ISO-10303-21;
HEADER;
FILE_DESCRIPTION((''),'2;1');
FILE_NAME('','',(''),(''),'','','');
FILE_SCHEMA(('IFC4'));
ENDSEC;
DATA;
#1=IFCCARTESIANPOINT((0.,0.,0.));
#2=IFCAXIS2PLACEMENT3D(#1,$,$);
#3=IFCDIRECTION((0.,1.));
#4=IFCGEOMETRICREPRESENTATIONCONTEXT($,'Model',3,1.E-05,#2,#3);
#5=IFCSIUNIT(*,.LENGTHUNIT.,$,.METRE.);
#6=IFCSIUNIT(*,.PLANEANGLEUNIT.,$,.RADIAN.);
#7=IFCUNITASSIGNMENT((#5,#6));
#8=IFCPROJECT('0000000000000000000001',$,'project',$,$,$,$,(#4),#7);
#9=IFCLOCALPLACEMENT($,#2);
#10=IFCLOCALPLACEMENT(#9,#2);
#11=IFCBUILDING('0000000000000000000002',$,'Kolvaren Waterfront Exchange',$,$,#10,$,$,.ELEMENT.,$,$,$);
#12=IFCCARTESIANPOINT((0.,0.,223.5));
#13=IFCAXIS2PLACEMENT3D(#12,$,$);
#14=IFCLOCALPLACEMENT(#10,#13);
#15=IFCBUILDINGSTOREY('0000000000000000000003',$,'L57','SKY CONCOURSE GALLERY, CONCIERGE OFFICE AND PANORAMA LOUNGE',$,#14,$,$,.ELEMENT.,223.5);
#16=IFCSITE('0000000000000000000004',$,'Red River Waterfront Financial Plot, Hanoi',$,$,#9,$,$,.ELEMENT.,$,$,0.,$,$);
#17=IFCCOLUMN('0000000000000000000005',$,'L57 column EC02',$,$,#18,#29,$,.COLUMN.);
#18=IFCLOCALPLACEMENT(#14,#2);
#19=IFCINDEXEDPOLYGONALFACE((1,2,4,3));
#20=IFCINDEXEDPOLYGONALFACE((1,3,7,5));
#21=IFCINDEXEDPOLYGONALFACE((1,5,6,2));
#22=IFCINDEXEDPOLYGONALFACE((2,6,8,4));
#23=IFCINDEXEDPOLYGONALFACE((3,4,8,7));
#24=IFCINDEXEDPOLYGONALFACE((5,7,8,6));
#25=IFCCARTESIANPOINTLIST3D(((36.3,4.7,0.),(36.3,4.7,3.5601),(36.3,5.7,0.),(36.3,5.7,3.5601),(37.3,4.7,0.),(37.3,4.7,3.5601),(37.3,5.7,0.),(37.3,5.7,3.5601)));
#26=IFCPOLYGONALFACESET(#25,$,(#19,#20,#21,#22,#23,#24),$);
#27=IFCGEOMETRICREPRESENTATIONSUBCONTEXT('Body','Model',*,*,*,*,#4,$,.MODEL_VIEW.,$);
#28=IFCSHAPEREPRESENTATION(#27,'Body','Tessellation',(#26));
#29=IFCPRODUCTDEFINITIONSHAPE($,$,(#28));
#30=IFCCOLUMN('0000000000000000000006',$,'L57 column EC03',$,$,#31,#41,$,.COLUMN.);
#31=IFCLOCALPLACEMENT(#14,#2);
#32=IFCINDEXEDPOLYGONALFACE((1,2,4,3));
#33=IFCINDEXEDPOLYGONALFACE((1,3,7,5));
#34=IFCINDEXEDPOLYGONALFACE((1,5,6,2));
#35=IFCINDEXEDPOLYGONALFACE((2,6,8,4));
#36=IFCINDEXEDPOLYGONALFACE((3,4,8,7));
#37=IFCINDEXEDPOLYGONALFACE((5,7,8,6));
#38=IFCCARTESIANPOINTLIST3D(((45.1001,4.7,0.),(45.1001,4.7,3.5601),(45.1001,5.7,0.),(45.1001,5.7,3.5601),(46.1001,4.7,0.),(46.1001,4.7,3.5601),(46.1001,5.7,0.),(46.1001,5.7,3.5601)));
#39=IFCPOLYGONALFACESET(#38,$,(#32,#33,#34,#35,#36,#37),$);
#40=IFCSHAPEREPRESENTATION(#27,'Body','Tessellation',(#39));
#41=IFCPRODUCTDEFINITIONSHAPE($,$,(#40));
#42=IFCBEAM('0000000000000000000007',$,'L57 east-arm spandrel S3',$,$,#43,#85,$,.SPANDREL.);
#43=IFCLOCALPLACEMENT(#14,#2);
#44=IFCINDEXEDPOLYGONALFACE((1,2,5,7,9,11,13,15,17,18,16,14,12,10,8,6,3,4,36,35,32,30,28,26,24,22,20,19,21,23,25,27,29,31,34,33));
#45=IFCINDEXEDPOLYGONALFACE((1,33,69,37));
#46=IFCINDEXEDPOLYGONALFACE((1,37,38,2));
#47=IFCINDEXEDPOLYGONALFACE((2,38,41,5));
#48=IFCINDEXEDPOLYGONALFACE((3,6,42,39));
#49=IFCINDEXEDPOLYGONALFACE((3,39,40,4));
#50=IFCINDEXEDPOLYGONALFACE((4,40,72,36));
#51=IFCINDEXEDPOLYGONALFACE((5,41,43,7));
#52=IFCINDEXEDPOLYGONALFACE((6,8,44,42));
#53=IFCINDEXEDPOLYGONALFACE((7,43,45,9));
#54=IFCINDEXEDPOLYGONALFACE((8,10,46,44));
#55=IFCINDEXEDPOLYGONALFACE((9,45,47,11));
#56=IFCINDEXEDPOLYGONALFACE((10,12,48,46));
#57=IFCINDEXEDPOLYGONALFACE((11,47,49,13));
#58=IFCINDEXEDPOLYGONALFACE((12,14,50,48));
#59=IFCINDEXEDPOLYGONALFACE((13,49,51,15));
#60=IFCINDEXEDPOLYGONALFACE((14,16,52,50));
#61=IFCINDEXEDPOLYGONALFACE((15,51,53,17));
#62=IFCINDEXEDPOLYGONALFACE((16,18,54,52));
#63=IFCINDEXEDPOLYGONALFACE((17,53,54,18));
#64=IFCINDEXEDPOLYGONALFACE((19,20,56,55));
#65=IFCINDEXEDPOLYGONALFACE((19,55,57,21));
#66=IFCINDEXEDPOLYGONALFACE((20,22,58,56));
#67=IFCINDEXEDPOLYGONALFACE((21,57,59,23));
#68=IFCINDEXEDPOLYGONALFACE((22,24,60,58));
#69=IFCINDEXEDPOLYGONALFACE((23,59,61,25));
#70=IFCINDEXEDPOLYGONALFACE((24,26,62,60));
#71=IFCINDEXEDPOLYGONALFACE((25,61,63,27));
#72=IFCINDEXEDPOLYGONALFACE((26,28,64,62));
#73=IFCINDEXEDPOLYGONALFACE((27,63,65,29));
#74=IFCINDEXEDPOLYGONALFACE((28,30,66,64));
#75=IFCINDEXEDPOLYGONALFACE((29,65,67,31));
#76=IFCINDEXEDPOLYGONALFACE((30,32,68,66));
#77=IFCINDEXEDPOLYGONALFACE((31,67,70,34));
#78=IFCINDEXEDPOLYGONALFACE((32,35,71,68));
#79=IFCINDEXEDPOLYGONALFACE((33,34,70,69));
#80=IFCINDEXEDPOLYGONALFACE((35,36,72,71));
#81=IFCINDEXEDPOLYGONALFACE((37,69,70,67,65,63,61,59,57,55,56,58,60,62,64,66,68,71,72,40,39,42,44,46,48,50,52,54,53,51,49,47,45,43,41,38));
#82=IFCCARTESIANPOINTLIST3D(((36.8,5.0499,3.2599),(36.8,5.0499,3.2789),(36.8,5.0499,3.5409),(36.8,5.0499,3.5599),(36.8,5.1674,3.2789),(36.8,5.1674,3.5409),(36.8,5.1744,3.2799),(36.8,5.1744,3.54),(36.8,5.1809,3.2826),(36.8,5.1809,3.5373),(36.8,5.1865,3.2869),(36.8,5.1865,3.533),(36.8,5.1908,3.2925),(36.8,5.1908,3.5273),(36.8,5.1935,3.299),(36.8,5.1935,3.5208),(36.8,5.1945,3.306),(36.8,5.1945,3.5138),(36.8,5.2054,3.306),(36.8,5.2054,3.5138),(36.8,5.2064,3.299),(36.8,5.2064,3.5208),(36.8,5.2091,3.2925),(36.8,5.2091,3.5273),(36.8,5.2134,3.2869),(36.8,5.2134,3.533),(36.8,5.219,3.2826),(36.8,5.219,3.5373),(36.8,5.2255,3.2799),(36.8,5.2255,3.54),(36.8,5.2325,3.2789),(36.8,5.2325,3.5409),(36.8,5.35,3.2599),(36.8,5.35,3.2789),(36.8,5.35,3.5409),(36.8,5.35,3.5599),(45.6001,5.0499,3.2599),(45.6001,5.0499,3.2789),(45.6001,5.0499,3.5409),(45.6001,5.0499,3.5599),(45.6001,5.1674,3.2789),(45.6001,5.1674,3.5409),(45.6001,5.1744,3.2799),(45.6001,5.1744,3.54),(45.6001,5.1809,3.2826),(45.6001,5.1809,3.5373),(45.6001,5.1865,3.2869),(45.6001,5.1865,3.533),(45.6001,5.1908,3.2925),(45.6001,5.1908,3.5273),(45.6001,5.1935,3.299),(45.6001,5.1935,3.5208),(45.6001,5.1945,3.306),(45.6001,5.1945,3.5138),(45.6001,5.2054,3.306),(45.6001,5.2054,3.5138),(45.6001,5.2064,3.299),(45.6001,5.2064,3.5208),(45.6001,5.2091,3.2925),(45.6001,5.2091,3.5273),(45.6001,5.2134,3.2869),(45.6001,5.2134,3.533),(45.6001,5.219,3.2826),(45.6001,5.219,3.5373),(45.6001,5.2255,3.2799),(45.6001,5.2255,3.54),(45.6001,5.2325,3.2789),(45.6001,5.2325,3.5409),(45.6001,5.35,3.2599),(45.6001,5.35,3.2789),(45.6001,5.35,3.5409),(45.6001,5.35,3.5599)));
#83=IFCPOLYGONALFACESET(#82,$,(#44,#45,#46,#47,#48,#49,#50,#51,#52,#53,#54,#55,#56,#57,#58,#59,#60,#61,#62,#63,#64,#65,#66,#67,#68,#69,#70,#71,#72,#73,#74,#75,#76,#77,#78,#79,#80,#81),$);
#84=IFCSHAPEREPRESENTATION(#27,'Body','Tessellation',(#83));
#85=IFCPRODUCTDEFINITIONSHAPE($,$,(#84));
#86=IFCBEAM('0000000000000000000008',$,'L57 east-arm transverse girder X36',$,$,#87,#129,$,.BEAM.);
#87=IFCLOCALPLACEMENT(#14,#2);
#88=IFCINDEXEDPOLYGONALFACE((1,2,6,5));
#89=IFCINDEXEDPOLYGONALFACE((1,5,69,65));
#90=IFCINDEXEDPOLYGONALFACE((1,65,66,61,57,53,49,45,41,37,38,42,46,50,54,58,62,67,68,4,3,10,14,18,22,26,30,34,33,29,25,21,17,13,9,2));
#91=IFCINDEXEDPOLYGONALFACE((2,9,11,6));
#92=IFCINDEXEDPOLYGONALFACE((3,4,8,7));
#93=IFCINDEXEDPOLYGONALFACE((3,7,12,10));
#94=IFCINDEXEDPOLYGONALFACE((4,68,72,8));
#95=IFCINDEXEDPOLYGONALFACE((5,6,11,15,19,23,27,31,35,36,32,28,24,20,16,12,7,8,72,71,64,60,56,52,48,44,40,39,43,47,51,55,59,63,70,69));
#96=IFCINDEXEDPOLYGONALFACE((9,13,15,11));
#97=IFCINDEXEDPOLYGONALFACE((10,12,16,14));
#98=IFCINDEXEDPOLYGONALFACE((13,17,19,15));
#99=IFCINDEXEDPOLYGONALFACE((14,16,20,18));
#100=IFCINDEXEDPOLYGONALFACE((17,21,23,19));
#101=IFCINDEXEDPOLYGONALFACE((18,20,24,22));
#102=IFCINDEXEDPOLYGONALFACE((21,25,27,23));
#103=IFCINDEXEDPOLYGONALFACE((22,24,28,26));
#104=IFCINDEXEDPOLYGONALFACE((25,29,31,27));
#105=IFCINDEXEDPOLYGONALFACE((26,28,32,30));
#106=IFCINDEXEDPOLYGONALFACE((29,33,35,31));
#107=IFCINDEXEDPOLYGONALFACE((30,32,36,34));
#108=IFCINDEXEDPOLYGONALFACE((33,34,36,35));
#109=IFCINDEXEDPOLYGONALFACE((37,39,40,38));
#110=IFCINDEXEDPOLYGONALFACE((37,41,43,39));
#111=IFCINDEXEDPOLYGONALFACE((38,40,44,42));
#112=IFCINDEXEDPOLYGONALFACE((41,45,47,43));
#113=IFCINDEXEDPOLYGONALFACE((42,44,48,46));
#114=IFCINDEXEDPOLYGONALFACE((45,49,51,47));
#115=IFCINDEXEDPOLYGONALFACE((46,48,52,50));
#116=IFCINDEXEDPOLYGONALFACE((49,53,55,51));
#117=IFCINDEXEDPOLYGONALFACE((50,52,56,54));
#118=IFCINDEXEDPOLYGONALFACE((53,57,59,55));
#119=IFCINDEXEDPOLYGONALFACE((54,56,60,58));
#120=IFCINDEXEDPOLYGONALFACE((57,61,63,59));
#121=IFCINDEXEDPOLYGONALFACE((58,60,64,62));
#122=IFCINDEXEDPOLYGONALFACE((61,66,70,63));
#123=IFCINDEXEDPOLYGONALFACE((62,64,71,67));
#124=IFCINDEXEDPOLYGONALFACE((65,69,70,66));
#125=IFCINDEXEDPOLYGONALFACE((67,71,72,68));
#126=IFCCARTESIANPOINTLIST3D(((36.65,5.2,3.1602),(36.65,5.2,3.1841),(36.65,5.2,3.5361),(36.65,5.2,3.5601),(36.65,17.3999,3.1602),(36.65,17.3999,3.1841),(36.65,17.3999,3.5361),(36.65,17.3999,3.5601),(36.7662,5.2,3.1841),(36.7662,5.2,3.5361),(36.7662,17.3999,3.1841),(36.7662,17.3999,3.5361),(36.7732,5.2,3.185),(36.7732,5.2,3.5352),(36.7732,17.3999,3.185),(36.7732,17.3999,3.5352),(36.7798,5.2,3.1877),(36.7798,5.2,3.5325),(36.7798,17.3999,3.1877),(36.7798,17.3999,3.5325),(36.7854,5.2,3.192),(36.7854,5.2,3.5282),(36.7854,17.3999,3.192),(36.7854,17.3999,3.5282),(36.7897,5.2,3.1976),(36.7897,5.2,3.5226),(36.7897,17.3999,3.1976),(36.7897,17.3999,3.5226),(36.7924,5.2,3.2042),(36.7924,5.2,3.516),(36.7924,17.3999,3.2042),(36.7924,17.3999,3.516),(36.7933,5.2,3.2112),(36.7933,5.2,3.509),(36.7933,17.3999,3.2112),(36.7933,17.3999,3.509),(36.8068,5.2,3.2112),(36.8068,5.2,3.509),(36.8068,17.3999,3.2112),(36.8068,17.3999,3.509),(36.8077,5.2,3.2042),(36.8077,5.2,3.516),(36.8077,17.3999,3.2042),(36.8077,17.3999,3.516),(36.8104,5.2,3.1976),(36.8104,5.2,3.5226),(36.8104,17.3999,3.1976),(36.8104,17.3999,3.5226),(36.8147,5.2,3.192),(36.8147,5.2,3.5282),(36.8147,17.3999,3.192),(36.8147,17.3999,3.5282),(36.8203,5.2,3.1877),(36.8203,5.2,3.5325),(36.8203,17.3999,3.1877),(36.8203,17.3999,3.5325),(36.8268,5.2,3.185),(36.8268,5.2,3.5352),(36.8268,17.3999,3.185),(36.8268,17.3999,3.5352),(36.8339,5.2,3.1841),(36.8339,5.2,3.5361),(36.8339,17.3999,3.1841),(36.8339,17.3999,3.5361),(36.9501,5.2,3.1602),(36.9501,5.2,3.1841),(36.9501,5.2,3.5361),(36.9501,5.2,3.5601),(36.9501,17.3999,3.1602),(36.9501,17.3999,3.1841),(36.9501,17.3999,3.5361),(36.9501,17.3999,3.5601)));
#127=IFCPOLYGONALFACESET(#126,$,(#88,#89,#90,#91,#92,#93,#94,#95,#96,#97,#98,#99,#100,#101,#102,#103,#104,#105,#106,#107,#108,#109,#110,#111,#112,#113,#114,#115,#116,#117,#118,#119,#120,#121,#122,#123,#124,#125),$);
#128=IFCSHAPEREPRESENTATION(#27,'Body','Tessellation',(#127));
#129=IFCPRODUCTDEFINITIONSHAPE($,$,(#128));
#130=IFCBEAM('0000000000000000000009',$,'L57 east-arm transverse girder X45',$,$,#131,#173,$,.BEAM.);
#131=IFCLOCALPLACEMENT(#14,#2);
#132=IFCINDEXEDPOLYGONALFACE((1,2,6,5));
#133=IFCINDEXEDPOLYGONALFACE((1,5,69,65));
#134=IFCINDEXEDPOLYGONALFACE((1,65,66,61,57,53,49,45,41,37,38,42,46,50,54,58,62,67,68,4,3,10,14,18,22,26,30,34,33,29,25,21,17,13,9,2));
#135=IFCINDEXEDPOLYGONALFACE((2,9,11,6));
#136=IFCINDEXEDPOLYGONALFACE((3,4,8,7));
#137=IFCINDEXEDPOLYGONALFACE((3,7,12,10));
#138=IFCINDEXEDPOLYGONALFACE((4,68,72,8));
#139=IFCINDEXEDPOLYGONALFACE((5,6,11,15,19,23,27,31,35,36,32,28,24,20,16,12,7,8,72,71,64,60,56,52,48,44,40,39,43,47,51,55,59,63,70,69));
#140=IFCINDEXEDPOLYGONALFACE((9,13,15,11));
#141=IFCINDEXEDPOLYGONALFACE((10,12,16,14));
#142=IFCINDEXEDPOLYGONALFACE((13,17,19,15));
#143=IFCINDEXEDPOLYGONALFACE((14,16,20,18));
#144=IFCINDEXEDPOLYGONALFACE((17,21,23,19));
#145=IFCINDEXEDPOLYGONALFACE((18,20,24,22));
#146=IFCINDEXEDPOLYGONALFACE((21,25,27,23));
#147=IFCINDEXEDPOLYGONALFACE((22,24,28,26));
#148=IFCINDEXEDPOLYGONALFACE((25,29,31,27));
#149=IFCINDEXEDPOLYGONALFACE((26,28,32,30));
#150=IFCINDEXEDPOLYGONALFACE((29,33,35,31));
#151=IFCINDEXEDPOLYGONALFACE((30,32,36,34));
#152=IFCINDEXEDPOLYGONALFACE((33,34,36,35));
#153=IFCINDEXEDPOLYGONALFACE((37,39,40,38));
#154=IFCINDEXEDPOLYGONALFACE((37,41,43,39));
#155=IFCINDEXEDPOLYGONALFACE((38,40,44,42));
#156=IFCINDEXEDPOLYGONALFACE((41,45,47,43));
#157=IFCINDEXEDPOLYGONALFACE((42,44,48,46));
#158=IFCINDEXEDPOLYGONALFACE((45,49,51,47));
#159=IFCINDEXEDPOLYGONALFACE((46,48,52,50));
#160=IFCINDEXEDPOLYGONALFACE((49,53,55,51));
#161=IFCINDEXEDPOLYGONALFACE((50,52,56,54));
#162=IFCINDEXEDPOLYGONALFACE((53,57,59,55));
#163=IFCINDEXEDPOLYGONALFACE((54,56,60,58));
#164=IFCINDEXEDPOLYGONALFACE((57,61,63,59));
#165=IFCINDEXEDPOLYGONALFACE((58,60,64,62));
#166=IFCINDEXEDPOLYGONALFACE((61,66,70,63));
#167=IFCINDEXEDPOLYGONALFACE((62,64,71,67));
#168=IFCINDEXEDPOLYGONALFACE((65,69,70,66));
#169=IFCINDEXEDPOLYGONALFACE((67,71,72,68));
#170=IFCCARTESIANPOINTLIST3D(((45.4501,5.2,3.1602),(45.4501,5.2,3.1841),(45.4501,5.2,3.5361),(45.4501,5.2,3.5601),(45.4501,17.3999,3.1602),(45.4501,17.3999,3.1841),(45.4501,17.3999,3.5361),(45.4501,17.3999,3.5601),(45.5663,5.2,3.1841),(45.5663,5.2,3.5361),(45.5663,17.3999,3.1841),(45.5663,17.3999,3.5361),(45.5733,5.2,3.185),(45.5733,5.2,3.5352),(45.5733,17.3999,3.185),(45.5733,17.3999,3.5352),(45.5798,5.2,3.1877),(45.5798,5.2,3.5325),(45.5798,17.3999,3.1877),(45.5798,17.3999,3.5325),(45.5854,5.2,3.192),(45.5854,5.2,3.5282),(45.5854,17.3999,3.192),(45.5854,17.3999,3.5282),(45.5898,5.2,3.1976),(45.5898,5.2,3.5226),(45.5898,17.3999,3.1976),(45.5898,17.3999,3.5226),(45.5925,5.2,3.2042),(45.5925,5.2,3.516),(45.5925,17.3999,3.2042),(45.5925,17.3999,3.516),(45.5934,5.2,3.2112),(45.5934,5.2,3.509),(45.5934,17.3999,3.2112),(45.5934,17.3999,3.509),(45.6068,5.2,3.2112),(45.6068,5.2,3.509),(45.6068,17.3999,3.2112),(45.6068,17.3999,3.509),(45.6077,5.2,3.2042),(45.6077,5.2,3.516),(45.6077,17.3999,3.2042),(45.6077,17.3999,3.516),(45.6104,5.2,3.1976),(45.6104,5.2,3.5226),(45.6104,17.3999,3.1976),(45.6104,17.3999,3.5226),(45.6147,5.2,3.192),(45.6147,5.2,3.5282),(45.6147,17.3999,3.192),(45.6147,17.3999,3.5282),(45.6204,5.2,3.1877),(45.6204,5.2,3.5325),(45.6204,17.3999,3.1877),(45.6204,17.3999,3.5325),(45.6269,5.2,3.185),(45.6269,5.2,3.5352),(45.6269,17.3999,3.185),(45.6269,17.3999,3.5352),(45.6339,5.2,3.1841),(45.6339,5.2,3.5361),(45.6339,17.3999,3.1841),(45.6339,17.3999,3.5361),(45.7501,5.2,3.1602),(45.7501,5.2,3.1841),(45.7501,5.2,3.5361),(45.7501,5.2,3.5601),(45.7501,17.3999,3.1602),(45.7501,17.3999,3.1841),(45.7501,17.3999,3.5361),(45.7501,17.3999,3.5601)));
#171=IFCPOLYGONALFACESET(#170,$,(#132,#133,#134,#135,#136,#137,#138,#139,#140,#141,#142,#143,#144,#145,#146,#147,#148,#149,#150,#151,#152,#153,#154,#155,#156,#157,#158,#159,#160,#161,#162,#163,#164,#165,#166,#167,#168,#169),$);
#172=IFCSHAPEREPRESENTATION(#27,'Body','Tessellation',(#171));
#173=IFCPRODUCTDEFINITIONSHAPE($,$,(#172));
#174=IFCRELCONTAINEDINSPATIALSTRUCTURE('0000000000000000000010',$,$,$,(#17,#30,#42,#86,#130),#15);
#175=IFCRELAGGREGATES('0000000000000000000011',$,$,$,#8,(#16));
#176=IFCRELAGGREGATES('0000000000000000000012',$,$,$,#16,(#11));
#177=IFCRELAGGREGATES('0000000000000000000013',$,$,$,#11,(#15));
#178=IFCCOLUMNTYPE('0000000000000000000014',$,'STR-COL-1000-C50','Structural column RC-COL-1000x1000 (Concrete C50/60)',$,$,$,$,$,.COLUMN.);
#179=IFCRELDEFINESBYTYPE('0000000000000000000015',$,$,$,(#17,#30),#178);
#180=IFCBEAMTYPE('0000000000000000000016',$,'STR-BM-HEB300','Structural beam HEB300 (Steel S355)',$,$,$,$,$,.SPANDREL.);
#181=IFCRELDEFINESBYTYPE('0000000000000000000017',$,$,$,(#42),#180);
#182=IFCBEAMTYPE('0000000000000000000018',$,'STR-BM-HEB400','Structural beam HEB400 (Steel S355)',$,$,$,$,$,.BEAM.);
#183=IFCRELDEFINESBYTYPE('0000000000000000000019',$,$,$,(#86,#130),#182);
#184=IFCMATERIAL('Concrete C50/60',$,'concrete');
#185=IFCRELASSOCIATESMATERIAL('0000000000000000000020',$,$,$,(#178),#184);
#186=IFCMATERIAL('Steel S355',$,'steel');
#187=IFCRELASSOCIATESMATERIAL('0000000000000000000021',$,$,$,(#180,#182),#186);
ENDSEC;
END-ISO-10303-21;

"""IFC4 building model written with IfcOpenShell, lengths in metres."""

from ifc_helpers import new_model, si_unit, direction, frame, origin, origin_2d, place, context, subcontext, project, spatial, rectangle, i_section, extrude, material, material_profile, profile_set, type_object, element, save


model = new_model("IFC4")

# Units and contexts
model_context = context("Model", 3, precision=1e-05, world=origin(), true_north=direction((0.0, 1.0)))
body_context = subcontext(model_context, "Body", "Model", "MODEL_VIEW")
ifc_project = project(units=[si_unit("LENGTHUNIT", "METRE"), si_unit("PLANEANGLEUNIT", "RADIAN")], contexts=[model_context])

# Site, building, storey
site_placement = place(None, origin())
site = spatial("IfcSite", under=ifc_project, at=site_placement, Name="Red River Waterfront Financial Plot, Hanoi", CompositionType="ELEMENT", RefElevation=0.0)
building_placement = place(site_placement, origin())
building = spatial("IfcBuilding", under=site, at=building_placement, Name="Kolvaren Waterfront Exchange", CompositionType="ELEMENT")
storey_placement = place(building_placement, frame((0.0, 0.0, 223.5)))
storey = spatial("IfcBuildingStorey", under=building, at=storey_placement, Name="L57", Description="SKY CONCOURSE GALLERY, CONCIERGE OFFICE AND PANORAMA LOUNGE", CompositionType="ELEMENT", Elevation=223.5)

# Columns
ifc_material_1 = material(Name="Concrete C50/60", Category="concrete")
ifc_material_profile_1 = material_profile(ifc_material_1, rectangle(XDim=1.0, YDim=1.0, at=origin_2d()), Name="RC-COL-1000x1000")
ifc_profile_set_1 = profile_set([ifc_material_profile_1], Name="Concrete C50/60")
column_type = type_object("IfcColumnType", Name="STR-COL-1000-C50", Description="Structural column RC-COL-1000x1000 (Concrete C50/60)", PredefinedType="COLUMN", material=ifc_profile_set_1)
for number, where, z_axis, x_axis, name in (
    (1, (36.8, 5.2, 0.0), (0.0, 0.0, 1.0), (1.0, 0.0, 0.0), "L57 column EC02"),
    (2, (45.6001, 5.2, 0.0), (0.0, 0.0, 1.0), (1.0, 0.0, 0.0), "L57 column EC03"),
):
    element("IfcColumn", number, at=place(storey_placement, frame(where, z_axis=z_axis, x_axis=x_axis)), inside=storey, type_object=column_type, Name=name, PredefinedType="COLUMN", context=body_context, shape_type="SweptSolid", body=[
        extrude(rectangle(XDim=1.0, YDim=1.0, at=origin_2d()), origin(), (0.0, 0.0, 1.0), 3.5601),
    ])

# Beams
ifc_material_2 = material(Name="Steel S355", Category="steel")
ifc_material_profile_2 = material_profile(ifc_material_2, i_section(OverallWidth=0.3, OverallDepth=0.3, WebThickness=0.011, FlangeThickness=0.019, FilletRadius=0.0271, at=origin_2d()), Name="HEB300")
ifc_profile_set_2 = profile_set([ifc_material_profile_2], Name="Steel S355")
beam_type_1 = type_object("IfcBeamType", Name="STR-BM-HEB300", Description="Structural beam HEB300 (Steel S355)", PredefinedType="SPANDREL", material=ifc_profile_set_2)
beam_1_placement = place(storey_placement, frame((36.8, 5.2, 3.4099), z_axis=(1.0, 0.0, 0.0), x_axis=(0.0, 1.0, 0.0)))
element("IfcBeam", 3, at=beam_1_placement, inside=storey, type_object=beam_type_1, Name="L57 east-arm spandrel S3", PredefinedType="SPANDREL", context=body_context, shape_type="SweptSolid", body=[
    extrude(i_section(OverallWidth=0.3, OverallDepth=0.3, WebThickness=0.011, FlangeThickness=0.019, FilletRadius=0.0271, at=origin_2d()), origin(), (0.0, 0.0, 1.0), 8.8),
])
ifc_material_profile_3 = material_profile(ifc_material_2, i_section(OverallWidth=0.3, OverallDepth=0.3999, WebThickness=0.0134, FlangeThickness=0.0239, FilletRadius=0.0271, at=origin_2d()), Name="HEB400")
ifc_profile_set_3 = profile_set([ifc_material_profile_3], Name="Steel S355")
beam_type_2 = type_object("IfcBeamType", Name="STR-BM-HEB400", Description="Structural beam HEB400 (Steel S355)", PredefinedType="BEAM", material=ifc_profile_set_3)
for number, where, z_axis, x_axis, name in (
    (4, (36.8, 5.2, 3.3601), (0.0, 1.0, 0.0), (-1.0, 0.0, 0.0), "L57 east-arm transverse girder X36"),
    (5, (45.6001, 5.2, 3.3601), (0.0, 1.0, 0.0), (-1.0, 0.0, 0.0), "L57 east-arm transverse girder X45"),
):
    element("IfcBeam", number, at=place(storey_placement, frame(where, z_axis=z_axis, x_axis=x_axis)), inside=storey, type_object=beam_type_2, Name=name, PredefinedType="BEAM", context=body_context, shape_type="SweptSolid", body=[
        extrude(i_section(OverallWidth=0.3, OverallDepth=0.3999, WebThickness=0.0134, FlangeThickness=0.0239, FilletRadius=0.0271, at=origin_2d()), origin(), (0.0, 0.0, 1.0), 12.2),
    ])

save(model, "model.ifc")
